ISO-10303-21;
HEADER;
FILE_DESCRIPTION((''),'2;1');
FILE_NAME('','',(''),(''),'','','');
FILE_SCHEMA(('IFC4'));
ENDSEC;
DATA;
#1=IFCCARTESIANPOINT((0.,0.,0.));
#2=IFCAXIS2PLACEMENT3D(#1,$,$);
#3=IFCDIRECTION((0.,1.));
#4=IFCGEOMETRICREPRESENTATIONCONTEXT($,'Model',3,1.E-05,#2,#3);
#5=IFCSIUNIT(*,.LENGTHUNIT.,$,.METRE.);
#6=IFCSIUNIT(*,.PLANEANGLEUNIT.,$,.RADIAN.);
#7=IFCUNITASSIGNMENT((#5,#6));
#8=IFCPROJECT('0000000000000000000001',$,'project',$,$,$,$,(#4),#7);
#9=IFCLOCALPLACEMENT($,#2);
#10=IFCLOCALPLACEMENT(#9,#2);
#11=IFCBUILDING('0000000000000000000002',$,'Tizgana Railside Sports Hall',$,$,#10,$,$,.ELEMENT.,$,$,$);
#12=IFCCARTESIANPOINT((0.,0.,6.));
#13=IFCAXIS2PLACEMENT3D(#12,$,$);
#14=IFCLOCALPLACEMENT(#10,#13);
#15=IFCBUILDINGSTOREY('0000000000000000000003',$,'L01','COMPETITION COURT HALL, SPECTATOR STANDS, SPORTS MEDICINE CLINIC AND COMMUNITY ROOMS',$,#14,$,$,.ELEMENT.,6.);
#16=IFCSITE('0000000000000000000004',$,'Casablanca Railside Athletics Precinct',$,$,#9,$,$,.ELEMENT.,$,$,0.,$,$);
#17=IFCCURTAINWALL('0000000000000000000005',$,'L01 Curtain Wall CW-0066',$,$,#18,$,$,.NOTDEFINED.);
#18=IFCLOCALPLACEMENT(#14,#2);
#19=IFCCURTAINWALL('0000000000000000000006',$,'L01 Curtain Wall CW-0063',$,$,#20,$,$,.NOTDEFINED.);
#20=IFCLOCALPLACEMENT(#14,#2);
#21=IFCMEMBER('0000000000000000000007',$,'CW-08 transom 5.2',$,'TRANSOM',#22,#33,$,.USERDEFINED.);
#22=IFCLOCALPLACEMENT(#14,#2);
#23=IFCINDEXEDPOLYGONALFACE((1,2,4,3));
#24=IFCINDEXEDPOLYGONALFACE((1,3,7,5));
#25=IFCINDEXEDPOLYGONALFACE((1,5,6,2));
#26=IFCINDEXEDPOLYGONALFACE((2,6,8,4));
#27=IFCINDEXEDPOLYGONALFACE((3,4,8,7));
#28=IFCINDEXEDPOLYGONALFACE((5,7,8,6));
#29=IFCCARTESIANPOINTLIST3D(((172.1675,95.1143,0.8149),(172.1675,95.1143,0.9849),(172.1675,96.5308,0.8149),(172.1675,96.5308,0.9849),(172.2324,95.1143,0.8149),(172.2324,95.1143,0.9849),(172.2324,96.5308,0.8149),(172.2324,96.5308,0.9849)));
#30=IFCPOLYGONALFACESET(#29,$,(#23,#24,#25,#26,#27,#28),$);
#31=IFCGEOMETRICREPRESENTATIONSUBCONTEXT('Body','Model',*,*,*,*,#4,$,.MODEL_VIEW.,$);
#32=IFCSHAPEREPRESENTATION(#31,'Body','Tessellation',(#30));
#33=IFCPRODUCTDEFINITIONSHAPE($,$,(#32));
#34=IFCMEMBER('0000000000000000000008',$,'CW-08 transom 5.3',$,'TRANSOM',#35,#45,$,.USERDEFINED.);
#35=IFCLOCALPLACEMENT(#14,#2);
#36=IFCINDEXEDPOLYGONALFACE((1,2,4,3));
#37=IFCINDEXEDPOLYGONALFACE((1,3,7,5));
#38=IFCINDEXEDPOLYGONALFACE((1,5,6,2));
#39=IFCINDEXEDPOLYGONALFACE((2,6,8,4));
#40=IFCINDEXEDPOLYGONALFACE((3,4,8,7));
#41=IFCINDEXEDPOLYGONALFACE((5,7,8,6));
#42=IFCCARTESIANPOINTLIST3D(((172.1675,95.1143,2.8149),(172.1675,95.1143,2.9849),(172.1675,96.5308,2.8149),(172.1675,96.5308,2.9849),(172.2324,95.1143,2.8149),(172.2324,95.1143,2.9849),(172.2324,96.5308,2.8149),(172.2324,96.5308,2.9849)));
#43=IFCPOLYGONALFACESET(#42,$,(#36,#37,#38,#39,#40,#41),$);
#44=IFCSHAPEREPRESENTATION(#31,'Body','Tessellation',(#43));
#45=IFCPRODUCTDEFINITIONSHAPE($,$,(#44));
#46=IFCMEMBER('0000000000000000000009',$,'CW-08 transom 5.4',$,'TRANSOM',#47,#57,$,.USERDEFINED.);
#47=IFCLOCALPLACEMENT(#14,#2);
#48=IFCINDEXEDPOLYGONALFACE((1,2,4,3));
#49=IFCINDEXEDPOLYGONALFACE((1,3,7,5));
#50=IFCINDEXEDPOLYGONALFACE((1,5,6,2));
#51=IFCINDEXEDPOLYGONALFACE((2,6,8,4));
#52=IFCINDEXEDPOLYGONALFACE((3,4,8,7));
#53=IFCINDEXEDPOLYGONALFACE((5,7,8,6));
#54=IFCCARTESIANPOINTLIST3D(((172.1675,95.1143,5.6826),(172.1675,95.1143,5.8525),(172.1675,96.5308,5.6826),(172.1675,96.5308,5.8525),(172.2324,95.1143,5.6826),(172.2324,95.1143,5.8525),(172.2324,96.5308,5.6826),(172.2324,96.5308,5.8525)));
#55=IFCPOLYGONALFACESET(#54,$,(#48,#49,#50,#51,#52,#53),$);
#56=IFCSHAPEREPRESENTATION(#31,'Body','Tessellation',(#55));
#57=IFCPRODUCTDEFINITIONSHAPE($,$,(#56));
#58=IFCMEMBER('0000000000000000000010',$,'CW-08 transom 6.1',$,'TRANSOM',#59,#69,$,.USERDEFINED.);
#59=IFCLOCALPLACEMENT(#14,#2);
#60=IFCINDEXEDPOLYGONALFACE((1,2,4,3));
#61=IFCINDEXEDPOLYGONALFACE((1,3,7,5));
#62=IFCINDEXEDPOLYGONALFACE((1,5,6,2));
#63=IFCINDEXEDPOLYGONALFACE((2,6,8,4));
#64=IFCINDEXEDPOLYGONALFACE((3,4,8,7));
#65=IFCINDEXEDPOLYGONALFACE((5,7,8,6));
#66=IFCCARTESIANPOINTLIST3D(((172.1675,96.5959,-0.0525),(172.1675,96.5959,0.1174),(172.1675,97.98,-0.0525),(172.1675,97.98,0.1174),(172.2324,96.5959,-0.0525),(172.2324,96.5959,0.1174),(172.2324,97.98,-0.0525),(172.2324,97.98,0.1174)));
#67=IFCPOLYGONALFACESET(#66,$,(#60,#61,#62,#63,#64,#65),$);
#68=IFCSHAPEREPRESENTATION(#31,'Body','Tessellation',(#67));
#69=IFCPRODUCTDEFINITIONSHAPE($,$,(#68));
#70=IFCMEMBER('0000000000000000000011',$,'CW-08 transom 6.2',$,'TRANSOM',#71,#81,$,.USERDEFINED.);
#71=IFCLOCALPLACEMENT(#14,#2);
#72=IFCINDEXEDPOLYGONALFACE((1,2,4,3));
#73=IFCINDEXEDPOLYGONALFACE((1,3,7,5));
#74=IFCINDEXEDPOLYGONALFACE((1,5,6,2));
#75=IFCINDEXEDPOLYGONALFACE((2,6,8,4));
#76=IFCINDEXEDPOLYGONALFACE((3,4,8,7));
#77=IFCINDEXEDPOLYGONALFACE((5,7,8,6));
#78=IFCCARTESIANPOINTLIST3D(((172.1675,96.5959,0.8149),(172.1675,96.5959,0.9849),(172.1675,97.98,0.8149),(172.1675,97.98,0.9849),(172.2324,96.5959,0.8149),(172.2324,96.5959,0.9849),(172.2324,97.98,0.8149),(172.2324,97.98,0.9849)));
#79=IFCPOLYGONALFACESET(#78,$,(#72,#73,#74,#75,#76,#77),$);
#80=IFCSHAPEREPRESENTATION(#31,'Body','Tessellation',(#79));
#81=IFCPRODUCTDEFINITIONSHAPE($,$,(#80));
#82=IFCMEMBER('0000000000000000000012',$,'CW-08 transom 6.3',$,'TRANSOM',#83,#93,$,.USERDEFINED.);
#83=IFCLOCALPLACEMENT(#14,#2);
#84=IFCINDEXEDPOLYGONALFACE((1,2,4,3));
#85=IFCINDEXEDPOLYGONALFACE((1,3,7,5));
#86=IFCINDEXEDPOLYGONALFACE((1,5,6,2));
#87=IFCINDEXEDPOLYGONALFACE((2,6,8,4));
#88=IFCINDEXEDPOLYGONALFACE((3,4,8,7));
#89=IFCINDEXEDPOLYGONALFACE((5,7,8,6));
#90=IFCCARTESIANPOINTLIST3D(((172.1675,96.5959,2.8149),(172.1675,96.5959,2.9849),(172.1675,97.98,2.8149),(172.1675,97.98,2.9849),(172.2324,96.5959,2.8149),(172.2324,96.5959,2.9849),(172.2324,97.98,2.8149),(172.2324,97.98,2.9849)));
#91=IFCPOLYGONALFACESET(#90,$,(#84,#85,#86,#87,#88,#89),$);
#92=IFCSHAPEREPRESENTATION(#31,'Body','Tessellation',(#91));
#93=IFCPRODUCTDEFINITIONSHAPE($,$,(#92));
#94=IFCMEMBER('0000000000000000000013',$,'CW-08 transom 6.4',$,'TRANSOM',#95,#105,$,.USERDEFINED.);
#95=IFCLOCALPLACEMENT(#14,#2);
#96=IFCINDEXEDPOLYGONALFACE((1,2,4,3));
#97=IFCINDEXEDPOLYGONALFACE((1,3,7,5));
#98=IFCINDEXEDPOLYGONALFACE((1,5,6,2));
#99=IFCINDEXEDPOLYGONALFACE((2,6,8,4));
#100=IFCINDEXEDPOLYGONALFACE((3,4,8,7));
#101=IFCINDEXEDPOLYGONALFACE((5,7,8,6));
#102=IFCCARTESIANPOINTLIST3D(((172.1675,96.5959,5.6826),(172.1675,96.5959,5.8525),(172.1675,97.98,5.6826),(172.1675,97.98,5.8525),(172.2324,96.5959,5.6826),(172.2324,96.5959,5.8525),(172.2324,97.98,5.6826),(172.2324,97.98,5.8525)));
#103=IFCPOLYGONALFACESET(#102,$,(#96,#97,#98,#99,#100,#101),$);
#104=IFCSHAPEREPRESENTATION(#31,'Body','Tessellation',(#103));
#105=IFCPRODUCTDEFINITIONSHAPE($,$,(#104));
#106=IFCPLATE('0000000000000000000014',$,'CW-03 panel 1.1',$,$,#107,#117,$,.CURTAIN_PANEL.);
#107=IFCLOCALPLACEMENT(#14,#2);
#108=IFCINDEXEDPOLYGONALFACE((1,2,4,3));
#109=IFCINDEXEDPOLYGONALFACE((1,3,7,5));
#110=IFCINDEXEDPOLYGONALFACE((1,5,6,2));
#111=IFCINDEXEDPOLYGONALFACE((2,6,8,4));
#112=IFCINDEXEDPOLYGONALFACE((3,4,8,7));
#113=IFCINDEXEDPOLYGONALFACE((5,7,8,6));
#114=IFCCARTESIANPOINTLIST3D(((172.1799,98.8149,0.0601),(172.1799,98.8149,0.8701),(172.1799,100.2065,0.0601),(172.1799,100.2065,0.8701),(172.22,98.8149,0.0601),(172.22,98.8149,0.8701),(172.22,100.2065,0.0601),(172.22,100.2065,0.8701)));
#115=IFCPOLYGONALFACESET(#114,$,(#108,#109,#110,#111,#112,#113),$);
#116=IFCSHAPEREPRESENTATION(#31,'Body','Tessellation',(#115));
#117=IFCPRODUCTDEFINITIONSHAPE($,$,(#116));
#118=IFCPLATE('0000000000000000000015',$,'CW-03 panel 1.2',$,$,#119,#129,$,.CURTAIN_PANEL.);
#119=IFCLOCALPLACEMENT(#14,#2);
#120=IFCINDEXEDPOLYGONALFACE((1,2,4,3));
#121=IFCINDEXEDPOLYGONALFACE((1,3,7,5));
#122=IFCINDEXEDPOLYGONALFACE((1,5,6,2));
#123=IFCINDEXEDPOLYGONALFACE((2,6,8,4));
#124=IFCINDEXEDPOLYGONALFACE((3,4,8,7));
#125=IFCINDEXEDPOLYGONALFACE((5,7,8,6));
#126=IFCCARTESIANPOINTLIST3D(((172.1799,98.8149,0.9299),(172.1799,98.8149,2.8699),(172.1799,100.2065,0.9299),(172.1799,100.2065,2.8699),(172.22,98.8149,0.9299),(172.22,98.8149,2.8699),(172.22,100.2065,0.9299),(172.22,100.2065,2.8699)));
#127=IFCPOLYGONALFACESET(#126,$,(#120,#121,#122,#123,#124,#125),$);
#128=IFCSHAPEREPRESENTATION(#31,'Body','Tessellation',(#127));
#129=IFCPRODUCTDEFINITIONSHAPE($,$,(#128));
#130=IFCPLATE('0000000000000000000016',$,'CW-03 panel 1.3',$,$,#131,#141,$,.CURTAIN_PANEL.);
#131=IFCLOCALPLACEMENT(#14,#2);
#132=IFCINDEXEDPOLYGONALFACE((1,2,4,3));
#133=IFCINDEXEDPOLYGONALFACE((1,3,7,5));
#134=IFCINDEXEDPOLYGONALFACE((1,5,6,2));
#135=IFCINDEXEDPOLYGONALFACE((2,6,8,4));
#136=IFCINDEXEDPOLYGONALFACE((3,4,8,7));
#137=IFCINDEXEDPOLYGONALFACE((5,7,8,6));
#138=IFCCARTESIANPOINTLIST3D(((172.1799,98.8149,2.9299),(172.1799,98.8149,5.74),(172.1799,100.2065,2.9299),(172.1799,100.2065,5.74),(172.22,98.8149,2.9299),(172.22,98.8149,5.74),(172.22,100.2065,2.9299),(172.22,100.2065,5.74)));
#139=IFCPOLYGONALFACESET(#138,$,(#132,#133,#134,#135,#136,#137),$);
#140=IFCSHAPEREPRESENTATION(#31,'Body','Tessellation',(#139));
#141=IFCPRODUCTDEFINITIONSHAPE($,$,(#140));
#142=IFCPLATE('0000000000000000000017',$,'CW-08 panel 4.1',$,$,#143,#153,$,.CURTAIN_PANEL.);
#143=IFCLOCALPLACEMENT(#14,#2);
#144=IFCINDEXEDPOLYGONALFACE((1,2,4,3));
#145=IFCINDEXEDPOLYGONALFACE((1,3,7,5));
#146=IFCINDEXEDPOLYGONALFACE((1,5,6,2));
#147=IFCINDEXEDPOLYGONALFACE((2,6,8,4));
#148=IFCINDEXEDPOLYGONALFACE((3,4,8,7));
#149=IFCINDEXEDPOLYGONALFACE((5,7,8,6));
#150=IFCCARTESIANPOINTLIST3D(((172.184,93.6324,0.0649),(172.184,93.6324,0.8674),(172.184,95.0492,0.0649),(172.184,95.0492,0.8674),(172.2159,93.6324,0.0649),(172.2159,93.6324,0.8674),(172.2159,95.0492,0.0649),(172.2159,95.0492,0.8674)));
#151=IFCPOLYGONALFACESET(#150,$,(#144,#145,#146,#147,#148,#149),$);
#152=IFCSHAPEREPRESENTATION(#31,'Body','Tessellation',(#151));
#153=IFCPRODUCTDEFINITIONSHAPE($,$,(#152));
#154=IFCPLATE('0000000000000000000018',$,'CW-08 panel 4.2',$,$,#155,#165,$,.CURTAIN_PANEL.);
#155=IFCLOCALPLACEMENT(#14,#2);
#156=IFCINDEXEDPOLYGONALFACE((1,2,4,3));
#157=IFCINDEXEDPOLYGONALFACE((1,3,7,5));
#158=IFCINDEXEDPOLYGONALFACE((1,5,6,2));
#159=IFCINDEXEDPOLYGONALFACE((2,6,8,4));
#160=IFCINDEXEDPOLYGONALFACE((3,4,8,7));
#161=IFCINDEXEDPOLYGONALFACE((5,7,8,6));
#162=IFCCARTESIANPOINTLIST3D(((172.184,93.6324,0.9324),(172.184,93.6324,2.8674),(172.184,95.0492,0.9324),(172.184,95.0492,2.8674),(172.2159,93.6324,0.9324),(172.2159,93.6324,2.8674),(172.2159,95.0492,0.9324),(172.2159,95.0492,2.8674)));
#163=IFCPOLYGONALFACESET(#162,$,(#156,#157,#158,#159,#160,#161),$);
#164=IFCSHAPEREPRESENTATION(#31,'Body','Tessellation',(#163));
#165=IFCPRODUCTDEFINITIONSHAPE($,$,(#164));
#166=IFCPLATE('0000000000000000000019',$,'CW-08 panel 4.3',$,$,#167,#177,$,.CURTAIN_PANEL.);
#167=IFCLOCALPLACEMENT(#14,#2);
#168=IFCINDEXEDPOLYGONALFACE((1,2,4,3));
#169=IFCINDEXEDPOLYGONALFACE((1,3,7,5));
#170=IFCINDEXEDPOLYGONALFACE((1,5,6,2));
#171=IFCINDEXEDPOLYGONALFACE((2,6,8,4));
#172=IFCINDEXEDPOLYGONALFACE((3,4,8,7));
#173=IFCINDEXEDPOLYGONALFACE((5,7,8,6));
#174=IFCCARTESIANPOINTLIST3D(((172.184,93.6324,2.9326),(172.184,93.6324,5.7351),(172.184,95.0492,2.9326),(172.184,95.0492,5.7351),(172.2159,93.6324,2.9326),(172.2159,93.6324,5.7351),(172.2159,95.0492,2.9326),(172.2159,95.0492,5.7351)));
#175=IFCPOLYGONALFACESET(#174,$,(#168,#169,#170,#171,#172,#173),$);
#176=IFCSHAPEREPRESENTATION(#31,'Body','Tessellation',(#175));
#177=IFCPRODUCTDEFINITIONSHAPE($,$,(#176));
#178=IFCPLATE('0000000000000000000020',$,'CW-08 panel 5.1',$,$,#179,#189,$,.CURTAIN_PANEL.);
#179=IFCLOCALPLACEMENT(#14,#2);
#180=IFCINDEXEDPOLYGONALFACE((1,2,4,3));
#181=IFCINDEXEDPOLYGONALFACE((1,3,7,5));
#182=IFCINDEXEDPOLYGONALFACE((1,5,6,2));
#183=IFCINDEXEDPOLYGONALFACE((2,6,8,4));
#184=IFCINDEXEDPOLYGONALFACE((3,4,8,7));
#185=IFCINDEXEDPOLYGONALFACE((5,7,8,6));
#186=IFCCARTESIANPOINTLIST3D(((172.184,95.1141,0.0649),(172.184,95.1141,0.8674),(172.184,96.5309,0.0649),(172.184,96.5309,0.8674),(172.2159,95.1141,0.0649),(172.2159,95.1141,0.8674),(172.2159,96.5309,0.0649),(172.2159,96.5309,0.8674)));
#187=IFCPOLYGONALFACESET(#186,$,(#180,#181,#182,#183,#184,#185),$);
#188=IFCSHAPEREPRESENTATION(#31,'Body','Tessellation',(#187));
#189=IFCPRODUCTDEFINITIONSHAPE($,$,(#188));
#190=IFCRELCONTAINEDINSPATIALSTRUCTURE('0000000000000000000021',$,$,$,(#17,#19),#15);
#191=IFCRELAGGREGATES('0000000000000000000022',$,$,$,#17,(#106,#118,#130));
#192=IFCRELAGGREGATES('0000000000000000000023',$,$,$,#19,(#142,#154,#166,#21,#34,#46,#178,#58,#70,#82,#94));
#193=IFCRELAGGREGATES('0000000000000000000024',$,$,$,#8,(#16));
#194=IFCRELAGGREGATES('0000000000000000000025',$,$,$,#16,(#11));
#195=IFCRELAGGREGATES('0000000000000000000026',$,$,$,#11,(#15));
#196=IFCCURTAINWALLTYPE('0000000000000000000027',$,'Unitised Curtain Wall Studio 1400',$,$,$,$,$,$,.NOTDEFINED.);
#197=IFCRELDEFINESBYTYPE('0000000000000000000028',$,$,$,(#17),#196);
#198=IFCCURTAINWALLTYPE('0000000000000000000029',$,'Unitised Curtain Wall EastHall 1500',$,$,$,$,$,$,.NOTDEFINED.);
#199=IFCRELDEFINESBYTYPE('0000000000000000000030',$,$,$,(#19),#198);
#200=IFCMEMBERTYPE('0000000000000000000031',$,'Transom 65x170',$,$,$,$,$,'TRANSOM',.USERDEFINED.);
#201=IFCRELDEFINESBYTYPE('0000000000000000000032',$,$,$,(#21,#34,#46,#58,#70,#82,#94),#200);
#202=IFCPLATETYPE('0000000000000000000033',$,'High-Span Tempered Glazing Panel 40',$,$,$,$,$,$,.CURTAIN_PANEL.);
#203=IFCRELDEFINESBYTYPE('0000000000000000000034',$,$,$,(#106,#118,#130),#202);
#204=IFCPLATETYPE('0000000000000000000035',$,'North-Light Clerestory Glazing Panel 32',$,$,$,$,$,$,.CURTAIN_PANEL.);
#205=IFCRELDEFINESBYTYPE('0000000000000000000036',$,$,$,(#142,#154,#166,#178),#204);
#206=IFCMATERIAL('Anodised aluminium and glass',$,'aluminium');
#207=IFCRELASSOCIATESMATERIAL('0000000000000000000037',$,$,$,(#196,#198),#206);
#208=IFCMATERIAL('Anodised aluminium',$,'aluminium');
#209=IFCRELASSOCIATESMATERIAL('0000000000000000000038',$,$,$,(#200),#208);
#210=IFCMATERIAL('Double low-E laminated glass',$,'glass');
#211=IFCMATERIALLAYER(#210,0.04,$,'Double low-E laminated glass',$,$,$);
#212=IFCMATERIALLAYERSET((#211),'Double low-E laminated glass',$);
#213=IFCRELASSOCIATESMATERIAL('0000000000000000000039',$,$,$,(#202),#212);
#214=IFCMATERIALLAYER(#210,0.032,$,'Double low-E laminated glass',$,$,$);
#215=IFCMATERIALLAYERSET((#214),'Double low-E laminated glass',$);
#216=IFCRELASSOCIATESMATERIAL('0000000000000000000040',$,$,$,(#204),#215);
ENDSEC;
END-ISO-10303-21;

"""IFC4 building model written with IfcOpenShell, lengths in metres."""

from ifc_helpers import new_model, si_unit, direction, frame, origin, origin_2d, place, context, subcontext, project, spatial, rectangle, extrude, material, layer, layer_set, material_profile, profile_set, type_object, element, aggregate, save


model = new_model("IFC4")

# Units and contexts
model_context = context("Model", 3, precision=1e-05, world=origin(), true_north=direction((0.0, 1.0)))
body_context = subcontext(model_context, "Body", "Model", "MODEL_VIEW")
ifc_project = project(units=[si_unit("LENGTHUNIT", "METRE"), si_unit("PLANEANGLEUNIT", "RADIAN")], contexts=[model_context])

# Site, building, storey
site_placement = place(None, origin())
site = spatial("IfcSite", under=ifc_project, at=site_placement, Name="Casablanca Railside Athletics Precinct", CompositionType="ELEMENT", RefElevation=0.0)
building_placement = place(site_placement, origin())
building = spatial("IfcBuilding", under=site, at=building_placement, Name="Tizgana Railside Sports Hall", CompositionType="ELEMENT")
storey_placement = place(building_placement, frame((0.0, 0.0, 6.0)))
storey = spatial("IfcBuildingStorey", under=building, at=storey_placement, Name="L01", Description="COMPETITION COURT HALL, SPECTATOR STANDS, SPORTS MEDICINE CLINIC AND COMMUNITY ROOMS", CompositionType="ELEMENT", Elevation=6.0)

# Curtain wall
ifc_material_1 = material(Name="Anodised aluminium and glass", Category="aluminium")
curtain_wall_type_1 = type_object("IfcCurtainWallType", Name="Unitised Curtain Wall Studio 1400", PredefinedType="NOTDEFINED", material=ifc_material_1)
curtain_wall_1_placement = place(storey_placement, origin())
curtain_wall_1 = element("IfcCurtainWall", 1, at=curtain_wall_1_placement, inside=storey, type_object=curtain_wall_type_1, Name="L01 Curtain Wall CW-0066", PredefinedType="NOTDEFINED")
ifc_material_2 = material(Name="Anodised aluminium", Category="aluminium")

# Curtain wall
curtain_wall_type_2 = type_object("IfcCurtainWallType", Name="Unitised Curtain Wall EastHall 1500", PredefinedType="NOTDEFINED", material=ifc_material_1)
curtain_wall_2_placement = place(storey_placement, origin())
curtain_wall_2 = element("IfcCurtainWall", 2, at=curtain_wall_2_placement, inside=storey, type_object=curtain_wall_type_2, Name="L01 Curtain Wall CW-0063", PredefinedType="NOTDEFINED")

# Members
ifc_material_profile_1 = material_profile(ifc_material_2, rectangle(XDim=0.0649, YDim=0.1699, at=origin_2d()), Name="Transom 65x170")
ifc_profile_set_1 = profile_set([ifc_material_profile_1], Name="Anodised aluminium")
member_type_1 = type_object("IfcMemberType", Name="Transom 65x170", ElementType="TRANSOM", PredefinedType="USERDEFINED", material=ifc_profile_set_1)
member_1_placement = place(storey_placement, frame((172.2, 95.1143, 0.8999), z_axis=(0.0, 1.0, 0.0), x_axis=(-1.0, 0.0, 0.0)))
member_1 = element("IfcMember", 3, at=member_1_placement, type_object=member_type_1, Name="CW-08 transom 5.2", ObjectType="TRANSOM", PredefinedType="USERDEFINED", context=body_context, shape_type="SweptSolid", body=[
    extrude(rectangle(XDim=0.0649, YDim=0.1699, at=origin_2d()), origin(), (0.0, 0.0, 1.0), 1.4165),
])
member_2_placement = place(storey_placement, frame((172.2, 95.1143, 2.8999), z_axis=(0.0, 1.0, 0.0), x_axis=(-1.0, 0.0, 0.0)))
member_2 = element("IfcMember", 4, at=member_2_placement, type_object=member_type_1, Name="CW-08 transom 5.3", ObjectType="TRANSOM", PredefinedType="USERDEFINED", context=body_context, shape_type="SweptSolid", body=[
    extrude(rectangle(XDim=0.0649, YDim=0.1699, at=origin_2d()), origin(), (0.0, 0.0, 1.0), 1.4165),
])
member_3_placement = place(storey_placement, frame((172.2, 95.1143, 5.7676), z_axis=(0.0, 1.0, 0.0), x_axis=(-1.0, 0.0, 0.0)))
member_3 = element("IfcMember", 5, at=member_3_placement, type_object=member_type_1, Name="CW-08 transom 5.4", ObjectType="TRANSOM", PredefinedType="USERDEFINED", context=body_context, shape_type="SweptSolid", body=[
    extrude(rectangle(XDim=0.0649, YDim=0.1699, at=origin_2d()), origin(), (0.0, 0.0, 1.0), 1.4165),
])
member_4_placement = place(storey_placement, frame((172.2, 96.5959, 0.0325), z_axis=(0.0, 1.0, 0.0), x_axis=(-1.0, 0.0, 0.0)))
member_4 = element("IfcMember", 6, at=member_4_placement, type_object=member_type_1, Name="CW-08 transom 6.1", ObjectType="TRANSOM", PredefinedType="USERDEFINED", context=body_context, shape_type="SweptSolid", body=[
    extrude(rectangle(XDim=0.0649, YDim=0.1699, at=origin_2d()), origin(), (0.0, 0.0, 1.0), 1.384),
])
member_5_placement = place(storey_placement, frame((172.2, 96.5959, 0.8999), z_axis=(0.0, 1.0, 0.0), x_axis=(-1.0, 0.0, 0.0)))
member_5 = element("IfcMember", 7, at=member_5_placement, type_object=member_type_1, Name="CW-08 transom 6.2", ObjectType="TRANSOM", PredefinedType="USERDEFINED", context=body_context, shape_type="SweptSolid", body=[
    extrude(rectangle(XDim=0.0649, YDim=0.1699, at=origin_2d()), origin(), (0.0, 0.0, 1.0), 1.384),
])
member_6_placement = place(storey_placement, frame((172.2, 96.5959, 2.8999), z_axis=(0.0, 1.0, 0.0), x_axis=(-1.0, 0.0, 0.0)))
member_6 = element("IfcMember", 8, at=member_6_placement, type_object=member_type_1, Name="CW-08 transom 6.3", ObjectType="TRANSOM", PredefinedType="USERDEFINED", context=body_context, shape_type="SweptSolid", body=[
    extrude(rectangle(XDim=0.0649, YDim=0.1699, at=origin_2d()), origin(), (0.0, 0.0, 1.0), 1.384),
])
member_7_placement = place(storey_placement, frame((172.2, 96.5959, 5.7676), z_axis=(0.0, 1.0, 0.0), x_axis=(-1.0, 0.0, 0.0)))
member_7 = element("IfcMember", 9, at=member_7_placement, type_object=member_type_1, Name="CW-08 transom 6.4", ObjectType="TRANSOM", PredefinedType="USERDEFINED", context=body_context, shape_type="SweptSolid", body=[
    extrude(rectangle(XDim=0.0649, YDim=0.1699, at=origin_2d()), origin(), (0.0, 0.0, 1.0), 1.384),
])

# Plates
ifc_material_3 = material(Name="Double low-E laminated glass", Category="glass")
ifc_layer_1 = layer(ifc_material_3, 0.04, Name="Double low-E laminated glass")
ifc_layer_set_1 = layer_set([ifc_layer_1], Name="Double low-E laminated glass")
plate_type_1 = type_object("IfcPlateType", Name="High-Span Tempered Glazing Panel 40", PredefinedType="CURTAIN_PANEL", material=ifc_layer_set_1)
plate_1_placement = place(storey_placement, frame((172.2, 99.5107, 0.0601), z_axis=(0.0, 0.0, 1.0), x_axis=(0.0, 1.0, 0.0)))
plate_1 = element("IfcPlate", 10, at=plate_1_placement, type_object=plate_type_1, Name="CW-03 panel 1.1", PredefinedType="CURTAIN_PANEL", context=body_context, shape_type="SweptSolid", body=[
    extrude(rectangle(XDim=1.3916, YDim=0.04, at=origin_2d()), origin(), (0.0, 0.0, 1.0), 0.8101),
])
plate_2_placement = place(storey_placement, frame((172.2, 99.5107, 0.9299), z_axis=(0.0, 0.0, 1.0), x_axis=(0.0, 1.0, 0.0)))
plate_2 = element("IfcPlate", 11, at=plate_2_placement, type_object=plate_type_1, Name="CW-03 panel 1.2", PredefinedType="CURTAIN_PANEL", context=body_context, shape_type="SweptSolid", body=[
    extrude(rectangle(XDim=1.3916, YDim=0.04, at=origin_2d()), origin(), (0.0, 0.0, 1.0), 1.9399),
])
plate_3_placement = place(storey_placement, frame((172.2, 99.5107, 2.9299), z_axis=(0.0, 0.0, 1.0), x_axis=(0.0, 1.0, 0.0)))
plate_3 = element("IfcPlate", 12, at=plate_3_placement, type_object=plate_type_1, Name="CW-03 panel 1.3", PredefinedType="CURTAIN_PANEL", context=body_context, shape_type="SweptSolid", body=[
    extrude(rectangle(XDim=1.3916, YDim=0.04, at=origin_2d()), origin(), (0.0, 0.0, 1.0), 2.8101),
])
aggregate(curtain_wall_1, [plate_1, plate_2, plate_3])
ifc_layer_2 = layer(ifc_material_3, 0.032, Name="Double low-E laminated glass")
ifc_layer_set_2 = layer_set([ifc_layer_2], Name="Double low-E laminated glass")
plate_type_2 = type_object("IfcPlateType", Name="North-Light Clerestory Glazing Panel 32", PredefinedType="CURTAIN_PANEL", material=ifc_layer_set_2)
plate_4_placement = place(storey_placement, frame((172.2, 94.3408, 0.0649), z_axis=(0.0, 0.0, 1.0), x_axis=(0.0, 1.0, 0.0)))
plate_4 = element("IfcPlate", 13, at=plate_4_placement, type_object=plate_type_2, Name="CW-08 panel 4.1", PredefinedType="CURTAIN_PANEL", context=body_context, shape_type="SweptSolid", body=[
    extrude(rectangle(XDim=1.4167, YDim=0.032, at=origin_2d()), origin(), (0.0, 0.0, 1.0), 0.8025),
])
plate_5_placement = place(storey_placement, frame((172.2, 94.3408, 0.9324), z_axis=(0.0, 0.0, 1.0), x_axis=(0.0, 1.0, 0.0)))
plate_5 = element("IfcPlate", 14, at=plate_5_placement, type_object=plate_type_2, Name="CW-08 panel 4.2", PredefinedType="CURTAIN_PANEL", context=body_context, shape_type="SweptSolid", body=[
    extrude(rectangle(XDim=1.4167, YDim=0.032, at=origin_2d()), origin(), (0.0, 0.0, 1.0), 1.9351),
])
plate_6_placement = place(storey_placement, frame((172.2, 94.3408, 2.9326), z_axis=(0.0, 0.0, 1.0), x_axis=(0.0, 1.0, 0.0)))
plate_6 = element("IfcPlate", 15, at=plate_6_placement, type_object=plate_type_2, Name="CW-08 panel 4.3", PredefinedType="CURTAIN_PANEL", context=body_context, shape_type="SweptSolid", body=[
    extrude(rectangle(XDim=1.4167, YDim=0.032, at=origin_2d()), origin(), (0.0, 0.0, 1.0), 2.8025),
])
plate_7_placement = place(storey_placement, frame((172.2, 95.8225, 0.0649), z_axis=(0.0, 0.0, 1.0), x_axis=(0.0, 1.0, 0.0)))
plate_7 = element("IfcPlate", 16, at=plate_7_placement, type_object=plate_type_2, Name="CW-08 panel 5.1", PredefinedType="CURTAIN_PANEL", context=body_context, shape_type="SweptSolid", body=[
    extrude(rectangle(XDim=1.4167, YDim=0.032, at=origin_2d()), origin(), (0.0, 0.0, 1.0), 0.8025),
])
aggregate(curtain_wall_2, [plate_4, plate_5, plate_6, member_1, member_2, member_3, plate_7, member_4, member_5, member_6, member_7])

save(model, "model.ifc")
